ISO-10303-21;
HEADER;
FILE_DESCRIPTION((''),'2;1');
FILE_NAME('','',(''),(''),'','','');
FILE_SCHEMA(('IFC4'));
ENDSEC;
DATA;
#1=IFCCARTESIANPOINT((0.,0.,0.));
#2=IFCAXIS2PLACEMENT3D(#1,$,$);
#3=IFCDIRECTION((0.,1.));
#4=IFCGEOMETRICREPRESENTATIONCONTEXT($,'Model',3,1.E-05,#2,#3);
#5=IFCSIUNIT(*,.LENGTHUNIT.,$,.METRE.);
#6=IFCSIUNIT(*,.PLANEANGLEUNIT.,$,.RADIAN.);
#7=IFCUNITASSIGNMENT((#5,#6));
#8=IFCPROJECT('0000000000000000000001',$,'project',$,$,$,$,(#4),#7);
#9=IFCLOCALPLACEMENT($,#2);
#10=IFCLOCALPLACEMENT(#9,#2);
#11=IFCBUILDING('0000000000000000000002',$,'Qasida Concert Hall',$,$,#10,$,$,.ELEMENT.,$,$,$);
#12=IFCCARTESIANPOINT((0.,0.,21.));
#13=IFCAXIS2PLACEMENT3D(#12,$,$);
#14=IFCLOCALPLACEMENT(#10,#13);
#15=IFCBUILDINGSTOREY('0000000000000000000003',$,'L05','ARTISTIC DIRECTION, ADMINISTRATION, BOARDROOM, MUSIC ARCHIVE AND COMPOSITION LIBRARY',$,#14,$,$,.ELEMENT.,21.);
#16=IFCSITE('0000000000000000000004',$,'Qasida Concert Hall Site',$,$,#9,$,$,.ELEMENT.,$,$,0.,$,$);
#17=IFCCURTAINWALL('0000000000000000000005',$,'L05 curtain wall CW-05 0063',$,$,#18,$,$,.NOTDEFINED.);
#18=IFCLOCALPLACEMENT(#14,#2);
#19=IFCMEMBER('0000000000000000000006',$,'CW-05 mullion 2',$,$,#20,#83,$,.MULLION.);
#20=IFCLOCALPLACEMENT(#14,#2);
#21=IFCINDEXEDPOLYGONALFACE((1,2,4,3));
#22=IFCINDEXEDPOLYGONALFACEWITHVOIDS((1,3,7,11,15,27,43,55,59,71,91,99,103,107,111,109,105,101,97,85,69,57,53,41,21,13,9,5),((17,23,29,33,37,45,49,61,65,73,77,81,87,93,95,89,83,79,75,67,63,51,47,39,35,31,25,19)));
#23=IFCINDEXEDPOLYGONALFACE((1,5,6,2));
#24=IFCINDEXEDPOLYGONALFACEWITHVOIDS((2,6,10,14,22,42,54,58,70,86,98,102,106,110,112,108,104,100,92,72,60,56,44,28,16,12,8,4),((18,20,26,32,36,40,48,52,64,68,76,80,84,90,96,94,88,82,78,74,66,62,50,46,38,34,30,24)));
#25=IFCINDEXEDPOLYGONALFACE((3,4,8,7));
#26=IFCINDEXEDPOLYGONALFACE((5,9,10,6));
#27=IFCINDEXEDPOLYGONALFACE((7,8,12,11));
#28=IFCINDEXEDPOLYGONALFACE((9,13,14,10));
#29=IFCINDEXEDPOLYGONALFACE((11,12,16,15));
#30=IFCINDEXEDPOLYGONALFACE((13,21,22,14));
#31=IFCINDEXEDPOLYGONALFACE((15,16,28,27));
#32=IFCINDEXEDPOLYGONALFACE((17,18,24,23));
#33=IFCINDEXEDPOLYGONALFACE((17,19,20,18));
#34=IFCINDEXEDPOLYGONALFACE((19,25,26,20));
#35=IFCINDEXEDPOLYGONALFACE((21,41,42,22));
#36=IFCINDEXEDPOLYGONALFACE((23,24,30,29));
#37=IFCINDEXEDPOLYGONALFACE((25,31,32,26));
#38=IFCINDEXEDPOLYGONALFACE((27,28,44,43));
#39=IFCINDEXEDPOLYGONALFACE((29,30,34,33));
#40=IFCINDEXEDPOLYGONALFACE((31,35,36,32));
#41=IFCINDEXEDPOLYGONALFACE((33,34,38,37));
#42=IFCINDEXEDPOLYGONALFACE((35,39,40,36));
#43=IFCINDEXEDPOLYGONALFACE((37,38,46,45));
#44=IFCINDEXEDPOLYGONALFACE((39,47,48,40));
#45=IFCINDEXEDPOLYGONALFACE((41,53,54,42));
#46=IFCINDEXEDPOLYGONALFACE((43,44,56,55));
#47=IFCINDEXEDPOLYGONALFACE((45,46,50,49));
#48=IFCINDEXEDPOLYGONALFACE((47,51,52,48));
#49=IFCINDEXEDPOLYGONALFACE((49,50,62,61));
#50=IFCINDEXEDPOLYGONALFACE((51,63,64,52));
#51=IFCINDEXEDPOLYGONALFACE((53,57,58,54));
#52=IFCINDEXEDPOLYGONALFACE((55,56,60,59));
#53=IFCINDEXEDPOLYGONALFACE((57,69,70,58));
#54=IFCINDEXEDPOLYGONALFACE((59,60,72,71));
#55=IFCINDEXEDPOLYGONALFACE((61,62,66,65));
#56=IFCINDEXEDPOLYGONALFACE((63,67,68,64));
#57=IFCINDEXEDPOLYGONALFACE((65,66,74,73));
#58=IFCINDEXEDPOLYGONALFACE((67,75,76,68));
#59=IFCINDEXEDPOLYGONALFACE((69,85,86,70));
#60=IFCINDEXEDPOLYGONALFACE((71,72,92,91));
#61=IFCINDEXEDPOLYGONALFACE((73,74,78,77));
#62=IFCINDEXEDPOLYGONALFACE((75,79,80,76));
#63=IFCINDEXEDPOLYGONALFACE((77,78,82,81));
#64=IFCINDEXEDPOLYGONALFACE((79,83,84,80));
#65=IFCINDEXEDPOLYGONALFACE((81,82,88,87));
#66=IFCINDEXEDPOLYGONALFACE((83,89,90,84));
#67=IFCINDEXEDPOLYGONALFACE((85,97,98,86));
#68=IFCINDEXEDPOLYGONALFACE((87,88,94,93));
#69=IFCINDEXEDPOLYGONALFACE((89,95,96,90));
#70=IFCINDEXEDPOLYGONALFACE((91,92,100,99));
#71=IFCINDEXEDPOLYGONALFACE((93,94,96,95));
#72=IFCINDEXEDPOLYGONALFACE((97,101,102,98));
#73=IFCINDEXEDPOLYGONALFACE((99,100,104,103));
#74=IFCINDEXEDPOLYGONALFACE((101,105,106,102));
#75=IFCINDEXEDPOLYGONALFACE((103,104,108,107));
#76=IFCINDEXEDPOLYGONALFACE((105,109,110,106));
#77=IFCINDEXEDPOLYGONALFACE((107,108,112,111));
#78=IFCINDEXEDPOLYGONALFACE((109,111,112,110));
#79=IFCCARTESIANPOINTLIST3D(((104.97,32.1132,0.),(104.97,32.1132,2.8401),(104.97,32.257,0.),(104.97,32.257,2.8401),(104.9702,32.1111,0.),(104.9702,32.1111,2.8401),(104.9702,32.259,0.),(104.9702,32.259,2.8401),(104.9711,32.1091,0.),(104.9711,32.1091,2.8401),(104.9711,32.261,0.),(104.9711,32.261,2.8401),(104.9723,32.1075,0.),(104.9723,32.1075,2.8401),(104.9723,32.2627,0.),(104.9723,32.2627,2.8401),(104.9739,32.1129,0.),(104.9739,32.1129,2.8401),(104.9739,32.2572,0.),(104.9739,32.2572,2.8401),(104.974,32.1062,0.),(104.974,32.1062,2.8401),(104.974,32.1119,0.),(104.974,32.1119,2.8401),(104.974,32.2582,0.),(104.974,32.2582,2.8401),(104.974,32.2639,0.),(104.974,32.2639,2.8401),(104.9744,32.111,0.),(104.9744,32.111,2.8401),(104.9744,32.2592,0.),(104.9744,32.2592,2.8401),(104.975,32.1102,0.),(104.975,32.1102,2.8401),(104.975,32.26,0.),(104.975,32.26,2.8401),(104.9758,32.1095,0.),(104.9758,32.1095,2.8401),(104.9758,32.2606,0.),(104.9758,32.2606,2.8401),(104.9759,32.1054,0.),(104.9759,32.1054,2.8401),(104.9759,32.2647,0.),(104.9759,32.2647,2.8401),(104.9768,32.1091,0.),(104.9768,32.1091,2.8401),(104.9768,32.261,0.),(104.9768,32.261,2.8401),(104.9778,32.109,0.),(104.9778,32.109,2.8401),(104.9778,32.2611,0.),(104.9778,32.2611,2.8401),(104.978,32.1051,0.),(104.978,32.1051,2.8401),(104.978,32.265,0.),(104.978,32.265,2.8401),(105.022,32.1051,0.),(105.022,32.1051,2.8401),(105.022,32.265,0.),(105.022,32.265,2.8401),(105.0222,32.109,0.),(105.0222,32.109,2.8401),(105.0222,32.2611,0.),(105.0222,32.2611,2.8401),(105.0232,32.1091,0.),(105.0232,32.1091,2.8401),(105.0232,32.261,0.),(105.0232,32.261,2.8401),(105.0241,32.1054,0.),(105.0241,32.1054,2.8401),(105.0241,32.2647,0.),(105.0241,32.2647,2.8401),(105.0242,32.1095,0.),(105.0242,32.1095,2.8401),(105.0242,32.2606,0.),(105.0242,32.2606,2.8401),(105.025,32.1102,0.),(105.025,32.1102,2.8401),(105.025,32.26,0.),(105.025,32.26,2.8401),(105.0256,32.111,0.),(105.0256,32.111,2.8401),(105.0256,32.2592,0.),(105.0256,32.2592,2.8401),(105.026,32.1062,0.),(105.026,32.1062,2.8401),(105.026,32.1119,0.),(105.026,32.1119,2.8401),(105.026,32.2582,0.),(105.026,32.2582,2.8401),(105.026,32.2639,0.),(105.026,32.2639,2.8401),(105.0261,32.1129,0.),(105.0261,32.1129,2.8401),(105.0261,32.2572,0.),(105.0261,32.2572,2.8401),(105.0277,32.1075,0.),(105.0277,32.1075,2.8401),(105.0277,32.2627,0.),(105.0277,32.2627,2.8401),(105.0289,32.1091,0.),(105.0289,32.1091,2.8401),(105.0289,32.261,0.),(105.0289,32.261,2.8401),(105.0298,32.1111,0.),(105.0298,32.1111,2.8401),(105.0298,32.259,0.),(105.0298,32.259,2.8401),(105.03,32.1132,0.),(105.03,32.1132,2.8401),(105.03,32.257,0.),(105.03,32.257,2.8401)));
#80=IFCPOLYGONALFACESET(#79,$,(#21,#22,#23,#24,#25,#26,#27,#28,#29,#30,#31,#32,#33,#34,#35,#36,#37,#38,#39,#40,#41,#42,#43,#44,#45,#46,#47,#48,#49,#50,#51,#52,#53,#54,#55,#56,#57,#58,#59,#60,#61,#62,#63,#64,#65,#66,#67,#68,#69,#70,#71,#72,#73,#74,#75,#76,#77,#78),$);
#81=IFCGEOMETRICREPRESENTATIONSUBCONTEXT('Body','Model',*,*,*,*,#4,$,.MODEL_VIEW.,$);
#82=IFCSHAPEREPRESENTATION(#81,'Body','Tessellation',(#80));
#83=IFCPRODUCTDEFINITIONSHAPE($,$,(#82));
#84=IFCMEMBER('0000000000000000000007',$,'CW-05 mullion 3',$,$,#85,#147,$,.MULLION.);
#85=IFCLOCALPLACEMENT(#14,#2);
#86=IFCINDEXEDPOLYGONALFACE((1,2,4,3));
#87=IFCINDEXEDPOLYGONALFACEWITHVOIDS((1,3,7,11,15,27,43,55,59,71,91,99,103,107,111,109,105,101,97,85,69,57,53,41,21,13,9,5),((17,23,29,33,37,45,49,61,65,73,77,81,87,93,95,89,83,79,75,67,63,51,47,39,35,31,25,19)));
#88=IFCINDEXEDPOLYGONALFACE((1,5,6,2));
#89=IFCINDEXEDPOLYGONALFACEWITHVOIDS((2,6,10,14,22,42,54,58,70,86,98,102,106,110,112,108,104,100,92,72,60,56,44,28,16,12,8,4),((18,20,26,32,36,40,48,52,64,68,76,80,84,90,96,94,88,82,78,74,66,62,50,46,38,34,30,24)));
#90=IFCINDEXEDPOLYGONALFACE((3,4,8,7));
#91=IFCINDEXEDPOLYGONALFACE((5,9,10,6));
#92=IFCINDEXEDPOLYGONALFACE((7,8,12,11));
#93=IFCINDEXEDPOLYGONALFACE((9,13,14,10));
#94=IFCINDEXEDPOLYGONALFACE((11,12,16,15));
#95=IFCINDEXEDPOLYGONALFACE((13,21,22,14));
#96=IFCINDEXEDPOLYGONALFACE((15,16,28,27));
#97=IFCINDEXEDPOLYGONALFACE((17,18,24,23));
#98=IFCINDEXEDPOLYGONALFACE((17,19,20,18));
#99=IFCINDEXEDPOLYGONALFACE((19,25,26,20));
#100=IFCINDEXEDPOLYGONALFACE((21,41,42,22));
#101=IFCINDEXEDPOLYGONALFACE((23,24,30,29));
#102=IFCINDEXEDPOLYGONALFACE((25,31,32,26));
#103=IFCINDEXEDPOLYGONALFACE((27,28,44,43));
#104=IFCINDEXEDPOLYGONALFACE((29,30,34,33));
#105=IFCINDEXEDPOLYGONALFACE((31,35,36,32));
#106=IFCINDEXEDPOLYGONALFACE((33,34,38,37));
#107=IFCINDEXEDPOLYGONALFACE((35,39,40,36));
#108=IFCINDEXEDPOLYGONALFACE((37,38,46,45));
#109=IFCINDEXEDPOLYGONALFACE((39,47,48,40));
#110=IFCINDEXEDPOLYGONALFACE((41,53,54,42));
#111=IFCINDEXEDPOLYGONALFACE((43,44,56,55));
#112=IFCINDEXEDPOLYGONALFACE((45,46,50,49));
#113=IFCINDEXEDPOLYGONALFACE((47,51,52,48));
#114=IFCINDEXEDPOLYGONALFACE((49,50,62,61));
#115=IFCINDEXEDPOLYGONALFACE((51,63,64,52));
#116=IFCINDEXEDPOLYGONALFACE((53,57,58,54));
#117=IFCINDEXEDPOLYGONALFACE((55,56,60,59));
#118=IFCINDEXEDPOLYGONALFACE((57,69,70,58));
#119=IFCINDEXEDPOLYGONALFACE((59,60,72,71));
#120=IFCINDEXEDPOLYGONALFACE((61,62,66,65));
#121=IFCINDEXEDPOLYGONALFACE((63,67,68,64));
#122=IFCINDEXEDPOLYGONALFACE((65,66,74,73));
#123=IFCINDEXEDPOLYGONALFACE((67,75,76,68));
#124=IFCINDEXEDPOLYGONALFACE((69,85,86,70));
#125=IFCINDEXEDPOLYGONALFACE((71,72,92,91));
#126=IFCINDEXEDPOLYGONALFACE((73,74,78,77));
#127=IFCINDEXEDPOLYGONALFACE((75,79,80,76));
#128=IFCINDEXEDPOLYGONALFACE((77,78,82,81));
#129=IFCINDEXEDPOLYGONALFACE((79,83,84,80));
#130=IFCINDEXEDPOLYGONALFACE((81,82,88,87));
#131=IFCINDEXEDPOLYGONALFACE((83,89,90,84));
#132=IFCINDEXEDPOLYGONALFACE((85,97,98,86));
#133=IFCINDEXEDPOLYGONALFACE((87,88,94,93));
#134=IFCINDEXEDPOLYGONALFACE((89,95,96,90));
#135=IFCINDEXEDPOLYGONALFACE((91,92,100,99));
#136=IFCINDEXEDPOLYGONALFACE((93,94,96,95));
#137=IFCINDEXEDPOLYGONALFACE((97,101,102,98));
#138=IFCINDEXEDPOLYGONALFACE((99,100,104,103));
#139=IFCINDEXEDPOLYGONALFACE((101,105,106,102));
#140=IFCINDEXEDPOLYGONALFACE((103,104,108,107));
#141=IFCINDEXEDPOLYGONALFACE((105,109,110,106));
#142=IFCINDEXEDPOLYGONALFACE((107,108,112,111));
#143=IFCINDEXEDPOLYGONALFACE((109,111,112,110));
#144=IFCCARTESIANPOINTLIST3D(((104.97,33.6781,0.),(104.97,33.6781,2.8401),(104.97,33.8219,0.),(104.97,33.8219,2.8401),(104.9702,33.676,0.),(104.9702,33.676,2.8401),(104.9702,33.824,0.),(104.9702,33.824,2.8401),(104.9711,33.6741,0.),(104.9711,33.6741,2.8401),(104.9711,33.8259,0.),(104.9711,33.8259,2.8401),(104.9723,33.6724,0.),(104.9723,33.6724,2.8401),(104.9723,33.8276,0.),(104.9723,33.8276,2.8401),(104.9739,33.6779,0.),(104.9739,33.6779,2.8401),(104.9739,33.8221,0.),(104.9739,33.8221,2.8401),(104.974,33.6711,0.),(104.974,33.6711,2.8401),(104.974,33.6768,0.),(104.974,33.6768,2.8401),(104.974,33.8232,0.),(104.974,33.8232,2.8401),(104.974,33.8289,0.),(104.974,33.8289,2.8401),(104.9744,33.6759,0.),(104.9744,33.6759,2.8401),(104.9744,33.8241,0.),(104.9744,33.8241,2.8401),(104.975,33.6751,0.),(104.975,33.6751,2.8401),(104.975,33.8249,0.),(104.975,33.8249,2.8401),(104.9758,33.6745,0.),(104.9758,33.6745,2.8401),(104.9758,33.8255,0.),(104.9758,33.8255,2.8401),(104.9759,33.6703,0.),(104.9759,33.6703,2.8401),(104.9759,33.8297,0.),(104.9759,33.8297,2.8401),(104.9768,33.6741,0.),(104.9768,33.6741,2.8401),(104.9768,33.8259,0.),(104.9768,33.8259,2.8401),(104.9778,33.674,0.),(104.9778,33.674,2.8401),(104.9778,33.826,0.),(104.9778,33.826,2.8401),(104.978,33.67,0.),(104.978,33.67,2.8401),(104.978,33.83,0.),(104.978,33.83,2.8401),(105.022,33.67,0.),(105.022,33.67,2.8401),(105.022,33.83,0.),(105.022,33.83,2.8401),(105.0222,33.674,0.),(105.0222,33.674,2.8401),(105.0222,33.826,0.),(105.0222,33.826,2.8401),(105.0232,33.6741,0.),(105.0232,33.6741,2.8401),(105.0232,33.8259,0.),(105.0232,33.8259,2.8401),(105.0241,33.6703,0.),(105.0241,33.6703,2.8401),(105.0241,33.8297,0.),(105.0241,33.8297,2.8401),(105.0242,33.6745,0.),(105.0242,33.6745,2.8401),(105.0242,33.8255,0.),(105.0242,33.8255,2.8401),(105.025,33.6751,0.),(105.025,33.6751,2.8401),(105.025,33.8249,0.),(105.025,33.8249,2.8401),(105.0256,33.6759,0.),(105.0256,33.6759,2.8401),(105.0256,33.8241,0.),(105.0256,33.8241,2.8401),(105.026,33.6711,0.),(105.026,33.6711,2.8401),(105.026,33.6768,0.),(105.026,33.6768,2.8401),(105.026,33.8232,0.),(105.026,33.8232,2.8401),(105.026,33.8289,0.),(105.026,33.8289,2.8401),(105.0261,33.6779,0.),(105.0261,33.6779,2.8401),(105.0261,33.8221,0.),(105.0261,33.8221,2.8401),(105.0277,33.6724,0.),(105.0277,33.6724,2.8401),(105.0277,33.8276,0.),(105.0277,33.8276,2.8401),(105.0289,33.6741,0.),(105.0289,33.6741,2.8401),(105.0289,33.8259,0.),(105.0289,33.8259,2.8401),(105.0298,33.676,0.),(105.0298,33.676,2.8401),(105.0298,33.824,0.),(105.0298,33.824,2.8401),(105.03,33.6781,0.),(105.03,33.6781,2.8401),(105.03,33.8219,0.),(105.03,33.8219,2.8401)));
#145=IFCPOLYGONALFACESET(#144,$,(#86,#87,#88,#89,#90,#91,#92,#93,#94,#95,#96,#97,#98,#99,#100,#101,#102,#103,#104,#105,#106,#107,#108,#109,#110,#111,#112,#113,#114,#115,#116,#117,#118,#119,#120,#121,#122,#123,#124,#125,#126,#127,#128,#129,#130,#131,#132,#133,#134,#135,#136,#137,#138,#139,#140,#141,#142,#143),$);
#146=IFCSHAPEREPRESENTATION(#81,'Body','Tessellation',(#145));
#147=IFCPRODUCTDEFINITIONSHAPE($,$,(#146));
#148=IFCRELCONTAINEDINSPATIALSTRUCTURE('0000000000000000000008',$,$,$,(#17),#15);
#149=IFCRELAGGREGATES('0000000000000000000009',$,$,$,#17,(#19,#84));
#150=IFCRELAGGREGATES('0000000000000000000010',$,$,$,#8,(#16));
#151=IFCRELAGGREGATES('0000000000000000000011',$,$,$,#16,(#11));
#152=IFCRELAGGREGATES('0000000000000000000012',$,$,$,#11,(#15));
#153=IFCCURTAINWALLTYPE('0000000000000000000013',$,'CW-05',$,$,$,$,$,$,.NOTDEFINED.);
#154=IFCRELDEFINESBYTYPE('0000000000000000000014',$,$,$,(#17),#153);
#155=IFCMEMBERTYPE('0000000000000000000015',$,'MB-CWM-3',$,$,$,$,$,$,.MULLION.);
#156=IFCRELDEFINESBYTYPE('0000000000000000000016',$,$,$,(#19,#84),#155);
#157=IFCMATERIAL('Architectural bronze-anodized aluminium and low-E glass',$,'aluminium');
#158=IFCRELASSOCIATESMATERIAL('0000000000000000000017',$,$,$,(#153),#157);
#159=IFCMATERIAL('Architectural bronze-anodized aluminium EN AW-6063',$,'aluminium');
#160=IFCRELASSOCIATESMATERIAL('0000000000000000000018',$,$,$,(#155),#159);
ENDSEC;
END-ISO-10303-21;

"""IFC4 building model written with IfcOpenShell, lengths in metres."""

from ifc_helpers import new_model, si_unit, direction, frame, origin, origin_2d, place, context, subcontext, project, spatial, hollow_rectangle, extrude, material, material_profile, profile_set, type_object, element, aggregate, save


model = new_model("IFC4")

# Units and contexts
model_context = context("Model", 3, precision=1e-05, world=origin(), true_north=direction((0.0, 1.0)))
body_context = subcontext(model_context, "Body", "Model", "MODEL_VIEW")
ifc_project = project(units=[si_unit("LENGTHUNIT", "METRE"), si_unit("PLANEANGLEUNIT", "RADIAN")], contexts=[model_context])

# Site, building, storey
site_placement = place(None, origin())
site = spatial("IfcSite", under=ifc_project, at=site_placement, Name="Qasida Concert Hall Site", CompositionType="ELEMENT", RefElevation=0.0)
building_placement = place(site_placement, origin())
building = spatial("IfcBuilding", under=site, at=building_placement, Name="Qasida Concert Hall", CompositionType="ELEMENT")
storey_placement = place(building_placement, frame((0.0, 0.0, 21.0)))
storey = spatial("IfcBuildingStorey", under=building, at=storey_placement, Name="L05", Description="ARTISTIC DIRECTION, ADMINISTRATION, BOARDROOM, MUSIC ARCHIVE AND COMPOSITION LIBRARY", CompositionType="ELEMENT", Elevation=21.0)

# Curtain wall, members
ifc_material_1 = material(Name="Architectural bronze-anodized aluminium and low-E glass", Category="aluminium")
curtain_wall_type = type_object("IfcCurtainWallType", Name="CW-05", PredefinedType="NOTDEFINED", material=ifc_material_1)
curtain_wall_placement = place(storey_placement, origin())
curtain_wall = element("IfcCurtainWall", 1, at=curtain_wall_placement, inside=storey, type_object=curtain_wall_type, Name="L05 curtain wall CW-05 0063", PredefinedType="NOTDEFINED")
ifc_material_2 = material(Name="Architectural bronze-anodized aluminium EN AW-6063", Category="aluminium")
ifc_material_profile_1 = material_profile(ifc_material_2, hollow_rectangle(XDim=0.0601, YDim=0.1599, WallThickness=0.0039, InnerFilletRadius=0.0039, OuterFilletRadius=0.0081, at=origin_2d()), Name="CWM 160x60x4")
ifc_profile_set_1 = profile_set([ifc_material_profile_1], Name="Architectural bronze-anodized aluminium EN AW-6063")
member_type_1 = type_object("IfcMemberType", Name="MB-CWM-3", PredefinedType="MULLION", material=ifc_profile_set_1)
member_1_placement = place(storey_placement, frame((105.0, 32.1851, 0.0), z_axis=(0.0, 0.0, 1.0), x_axis=(-1.0, 0.0, 0.0)))
member_1 = element("IfcMember", 2, at=member_1_placement, type_object=member_type_1, Name="CW-05 mullion 2", PredefinedType="MULLION", context=body_context, shape_type="SweptSolid", body=[
    extrude(hollow_rectangle(XDim=0.0601, YDim=0.1599, WallThickness=0.0039, InnerFilletRadius=0.0039, OuterFilletRadius=0.0081, at=origin_2d()), origin(), (0.0, 0.0, 1.0), 2.8401),
])
member_2_placement = place(storey_placement, frame((105.0, 33.75, 0.0), z_axis=(0.0, 0.0, 1.0), x_axis=(-1.0, 0.0, 0.0)))
member_2 = element("IfcMember", 3, at=member_2_placement, type_object=member_type_1, Name="CW-05 mullion 3", PredefinedType="MULLION", context=body_context, shape_type="SweptSolid", body=[
    extrude(hollow_rectangle(XDim=0.0601, YDim=0.1599, WallThickness=0.0039, InnerFilletRadius=0.0039, OuterFilletRadius=0.0081, at=origin_2d()), origin(), (0.0, 0.0, 1.0), 2.8401),
])
aggregate(curtain_wall, [member_1, member_2])

save(model, "model.ifc")
